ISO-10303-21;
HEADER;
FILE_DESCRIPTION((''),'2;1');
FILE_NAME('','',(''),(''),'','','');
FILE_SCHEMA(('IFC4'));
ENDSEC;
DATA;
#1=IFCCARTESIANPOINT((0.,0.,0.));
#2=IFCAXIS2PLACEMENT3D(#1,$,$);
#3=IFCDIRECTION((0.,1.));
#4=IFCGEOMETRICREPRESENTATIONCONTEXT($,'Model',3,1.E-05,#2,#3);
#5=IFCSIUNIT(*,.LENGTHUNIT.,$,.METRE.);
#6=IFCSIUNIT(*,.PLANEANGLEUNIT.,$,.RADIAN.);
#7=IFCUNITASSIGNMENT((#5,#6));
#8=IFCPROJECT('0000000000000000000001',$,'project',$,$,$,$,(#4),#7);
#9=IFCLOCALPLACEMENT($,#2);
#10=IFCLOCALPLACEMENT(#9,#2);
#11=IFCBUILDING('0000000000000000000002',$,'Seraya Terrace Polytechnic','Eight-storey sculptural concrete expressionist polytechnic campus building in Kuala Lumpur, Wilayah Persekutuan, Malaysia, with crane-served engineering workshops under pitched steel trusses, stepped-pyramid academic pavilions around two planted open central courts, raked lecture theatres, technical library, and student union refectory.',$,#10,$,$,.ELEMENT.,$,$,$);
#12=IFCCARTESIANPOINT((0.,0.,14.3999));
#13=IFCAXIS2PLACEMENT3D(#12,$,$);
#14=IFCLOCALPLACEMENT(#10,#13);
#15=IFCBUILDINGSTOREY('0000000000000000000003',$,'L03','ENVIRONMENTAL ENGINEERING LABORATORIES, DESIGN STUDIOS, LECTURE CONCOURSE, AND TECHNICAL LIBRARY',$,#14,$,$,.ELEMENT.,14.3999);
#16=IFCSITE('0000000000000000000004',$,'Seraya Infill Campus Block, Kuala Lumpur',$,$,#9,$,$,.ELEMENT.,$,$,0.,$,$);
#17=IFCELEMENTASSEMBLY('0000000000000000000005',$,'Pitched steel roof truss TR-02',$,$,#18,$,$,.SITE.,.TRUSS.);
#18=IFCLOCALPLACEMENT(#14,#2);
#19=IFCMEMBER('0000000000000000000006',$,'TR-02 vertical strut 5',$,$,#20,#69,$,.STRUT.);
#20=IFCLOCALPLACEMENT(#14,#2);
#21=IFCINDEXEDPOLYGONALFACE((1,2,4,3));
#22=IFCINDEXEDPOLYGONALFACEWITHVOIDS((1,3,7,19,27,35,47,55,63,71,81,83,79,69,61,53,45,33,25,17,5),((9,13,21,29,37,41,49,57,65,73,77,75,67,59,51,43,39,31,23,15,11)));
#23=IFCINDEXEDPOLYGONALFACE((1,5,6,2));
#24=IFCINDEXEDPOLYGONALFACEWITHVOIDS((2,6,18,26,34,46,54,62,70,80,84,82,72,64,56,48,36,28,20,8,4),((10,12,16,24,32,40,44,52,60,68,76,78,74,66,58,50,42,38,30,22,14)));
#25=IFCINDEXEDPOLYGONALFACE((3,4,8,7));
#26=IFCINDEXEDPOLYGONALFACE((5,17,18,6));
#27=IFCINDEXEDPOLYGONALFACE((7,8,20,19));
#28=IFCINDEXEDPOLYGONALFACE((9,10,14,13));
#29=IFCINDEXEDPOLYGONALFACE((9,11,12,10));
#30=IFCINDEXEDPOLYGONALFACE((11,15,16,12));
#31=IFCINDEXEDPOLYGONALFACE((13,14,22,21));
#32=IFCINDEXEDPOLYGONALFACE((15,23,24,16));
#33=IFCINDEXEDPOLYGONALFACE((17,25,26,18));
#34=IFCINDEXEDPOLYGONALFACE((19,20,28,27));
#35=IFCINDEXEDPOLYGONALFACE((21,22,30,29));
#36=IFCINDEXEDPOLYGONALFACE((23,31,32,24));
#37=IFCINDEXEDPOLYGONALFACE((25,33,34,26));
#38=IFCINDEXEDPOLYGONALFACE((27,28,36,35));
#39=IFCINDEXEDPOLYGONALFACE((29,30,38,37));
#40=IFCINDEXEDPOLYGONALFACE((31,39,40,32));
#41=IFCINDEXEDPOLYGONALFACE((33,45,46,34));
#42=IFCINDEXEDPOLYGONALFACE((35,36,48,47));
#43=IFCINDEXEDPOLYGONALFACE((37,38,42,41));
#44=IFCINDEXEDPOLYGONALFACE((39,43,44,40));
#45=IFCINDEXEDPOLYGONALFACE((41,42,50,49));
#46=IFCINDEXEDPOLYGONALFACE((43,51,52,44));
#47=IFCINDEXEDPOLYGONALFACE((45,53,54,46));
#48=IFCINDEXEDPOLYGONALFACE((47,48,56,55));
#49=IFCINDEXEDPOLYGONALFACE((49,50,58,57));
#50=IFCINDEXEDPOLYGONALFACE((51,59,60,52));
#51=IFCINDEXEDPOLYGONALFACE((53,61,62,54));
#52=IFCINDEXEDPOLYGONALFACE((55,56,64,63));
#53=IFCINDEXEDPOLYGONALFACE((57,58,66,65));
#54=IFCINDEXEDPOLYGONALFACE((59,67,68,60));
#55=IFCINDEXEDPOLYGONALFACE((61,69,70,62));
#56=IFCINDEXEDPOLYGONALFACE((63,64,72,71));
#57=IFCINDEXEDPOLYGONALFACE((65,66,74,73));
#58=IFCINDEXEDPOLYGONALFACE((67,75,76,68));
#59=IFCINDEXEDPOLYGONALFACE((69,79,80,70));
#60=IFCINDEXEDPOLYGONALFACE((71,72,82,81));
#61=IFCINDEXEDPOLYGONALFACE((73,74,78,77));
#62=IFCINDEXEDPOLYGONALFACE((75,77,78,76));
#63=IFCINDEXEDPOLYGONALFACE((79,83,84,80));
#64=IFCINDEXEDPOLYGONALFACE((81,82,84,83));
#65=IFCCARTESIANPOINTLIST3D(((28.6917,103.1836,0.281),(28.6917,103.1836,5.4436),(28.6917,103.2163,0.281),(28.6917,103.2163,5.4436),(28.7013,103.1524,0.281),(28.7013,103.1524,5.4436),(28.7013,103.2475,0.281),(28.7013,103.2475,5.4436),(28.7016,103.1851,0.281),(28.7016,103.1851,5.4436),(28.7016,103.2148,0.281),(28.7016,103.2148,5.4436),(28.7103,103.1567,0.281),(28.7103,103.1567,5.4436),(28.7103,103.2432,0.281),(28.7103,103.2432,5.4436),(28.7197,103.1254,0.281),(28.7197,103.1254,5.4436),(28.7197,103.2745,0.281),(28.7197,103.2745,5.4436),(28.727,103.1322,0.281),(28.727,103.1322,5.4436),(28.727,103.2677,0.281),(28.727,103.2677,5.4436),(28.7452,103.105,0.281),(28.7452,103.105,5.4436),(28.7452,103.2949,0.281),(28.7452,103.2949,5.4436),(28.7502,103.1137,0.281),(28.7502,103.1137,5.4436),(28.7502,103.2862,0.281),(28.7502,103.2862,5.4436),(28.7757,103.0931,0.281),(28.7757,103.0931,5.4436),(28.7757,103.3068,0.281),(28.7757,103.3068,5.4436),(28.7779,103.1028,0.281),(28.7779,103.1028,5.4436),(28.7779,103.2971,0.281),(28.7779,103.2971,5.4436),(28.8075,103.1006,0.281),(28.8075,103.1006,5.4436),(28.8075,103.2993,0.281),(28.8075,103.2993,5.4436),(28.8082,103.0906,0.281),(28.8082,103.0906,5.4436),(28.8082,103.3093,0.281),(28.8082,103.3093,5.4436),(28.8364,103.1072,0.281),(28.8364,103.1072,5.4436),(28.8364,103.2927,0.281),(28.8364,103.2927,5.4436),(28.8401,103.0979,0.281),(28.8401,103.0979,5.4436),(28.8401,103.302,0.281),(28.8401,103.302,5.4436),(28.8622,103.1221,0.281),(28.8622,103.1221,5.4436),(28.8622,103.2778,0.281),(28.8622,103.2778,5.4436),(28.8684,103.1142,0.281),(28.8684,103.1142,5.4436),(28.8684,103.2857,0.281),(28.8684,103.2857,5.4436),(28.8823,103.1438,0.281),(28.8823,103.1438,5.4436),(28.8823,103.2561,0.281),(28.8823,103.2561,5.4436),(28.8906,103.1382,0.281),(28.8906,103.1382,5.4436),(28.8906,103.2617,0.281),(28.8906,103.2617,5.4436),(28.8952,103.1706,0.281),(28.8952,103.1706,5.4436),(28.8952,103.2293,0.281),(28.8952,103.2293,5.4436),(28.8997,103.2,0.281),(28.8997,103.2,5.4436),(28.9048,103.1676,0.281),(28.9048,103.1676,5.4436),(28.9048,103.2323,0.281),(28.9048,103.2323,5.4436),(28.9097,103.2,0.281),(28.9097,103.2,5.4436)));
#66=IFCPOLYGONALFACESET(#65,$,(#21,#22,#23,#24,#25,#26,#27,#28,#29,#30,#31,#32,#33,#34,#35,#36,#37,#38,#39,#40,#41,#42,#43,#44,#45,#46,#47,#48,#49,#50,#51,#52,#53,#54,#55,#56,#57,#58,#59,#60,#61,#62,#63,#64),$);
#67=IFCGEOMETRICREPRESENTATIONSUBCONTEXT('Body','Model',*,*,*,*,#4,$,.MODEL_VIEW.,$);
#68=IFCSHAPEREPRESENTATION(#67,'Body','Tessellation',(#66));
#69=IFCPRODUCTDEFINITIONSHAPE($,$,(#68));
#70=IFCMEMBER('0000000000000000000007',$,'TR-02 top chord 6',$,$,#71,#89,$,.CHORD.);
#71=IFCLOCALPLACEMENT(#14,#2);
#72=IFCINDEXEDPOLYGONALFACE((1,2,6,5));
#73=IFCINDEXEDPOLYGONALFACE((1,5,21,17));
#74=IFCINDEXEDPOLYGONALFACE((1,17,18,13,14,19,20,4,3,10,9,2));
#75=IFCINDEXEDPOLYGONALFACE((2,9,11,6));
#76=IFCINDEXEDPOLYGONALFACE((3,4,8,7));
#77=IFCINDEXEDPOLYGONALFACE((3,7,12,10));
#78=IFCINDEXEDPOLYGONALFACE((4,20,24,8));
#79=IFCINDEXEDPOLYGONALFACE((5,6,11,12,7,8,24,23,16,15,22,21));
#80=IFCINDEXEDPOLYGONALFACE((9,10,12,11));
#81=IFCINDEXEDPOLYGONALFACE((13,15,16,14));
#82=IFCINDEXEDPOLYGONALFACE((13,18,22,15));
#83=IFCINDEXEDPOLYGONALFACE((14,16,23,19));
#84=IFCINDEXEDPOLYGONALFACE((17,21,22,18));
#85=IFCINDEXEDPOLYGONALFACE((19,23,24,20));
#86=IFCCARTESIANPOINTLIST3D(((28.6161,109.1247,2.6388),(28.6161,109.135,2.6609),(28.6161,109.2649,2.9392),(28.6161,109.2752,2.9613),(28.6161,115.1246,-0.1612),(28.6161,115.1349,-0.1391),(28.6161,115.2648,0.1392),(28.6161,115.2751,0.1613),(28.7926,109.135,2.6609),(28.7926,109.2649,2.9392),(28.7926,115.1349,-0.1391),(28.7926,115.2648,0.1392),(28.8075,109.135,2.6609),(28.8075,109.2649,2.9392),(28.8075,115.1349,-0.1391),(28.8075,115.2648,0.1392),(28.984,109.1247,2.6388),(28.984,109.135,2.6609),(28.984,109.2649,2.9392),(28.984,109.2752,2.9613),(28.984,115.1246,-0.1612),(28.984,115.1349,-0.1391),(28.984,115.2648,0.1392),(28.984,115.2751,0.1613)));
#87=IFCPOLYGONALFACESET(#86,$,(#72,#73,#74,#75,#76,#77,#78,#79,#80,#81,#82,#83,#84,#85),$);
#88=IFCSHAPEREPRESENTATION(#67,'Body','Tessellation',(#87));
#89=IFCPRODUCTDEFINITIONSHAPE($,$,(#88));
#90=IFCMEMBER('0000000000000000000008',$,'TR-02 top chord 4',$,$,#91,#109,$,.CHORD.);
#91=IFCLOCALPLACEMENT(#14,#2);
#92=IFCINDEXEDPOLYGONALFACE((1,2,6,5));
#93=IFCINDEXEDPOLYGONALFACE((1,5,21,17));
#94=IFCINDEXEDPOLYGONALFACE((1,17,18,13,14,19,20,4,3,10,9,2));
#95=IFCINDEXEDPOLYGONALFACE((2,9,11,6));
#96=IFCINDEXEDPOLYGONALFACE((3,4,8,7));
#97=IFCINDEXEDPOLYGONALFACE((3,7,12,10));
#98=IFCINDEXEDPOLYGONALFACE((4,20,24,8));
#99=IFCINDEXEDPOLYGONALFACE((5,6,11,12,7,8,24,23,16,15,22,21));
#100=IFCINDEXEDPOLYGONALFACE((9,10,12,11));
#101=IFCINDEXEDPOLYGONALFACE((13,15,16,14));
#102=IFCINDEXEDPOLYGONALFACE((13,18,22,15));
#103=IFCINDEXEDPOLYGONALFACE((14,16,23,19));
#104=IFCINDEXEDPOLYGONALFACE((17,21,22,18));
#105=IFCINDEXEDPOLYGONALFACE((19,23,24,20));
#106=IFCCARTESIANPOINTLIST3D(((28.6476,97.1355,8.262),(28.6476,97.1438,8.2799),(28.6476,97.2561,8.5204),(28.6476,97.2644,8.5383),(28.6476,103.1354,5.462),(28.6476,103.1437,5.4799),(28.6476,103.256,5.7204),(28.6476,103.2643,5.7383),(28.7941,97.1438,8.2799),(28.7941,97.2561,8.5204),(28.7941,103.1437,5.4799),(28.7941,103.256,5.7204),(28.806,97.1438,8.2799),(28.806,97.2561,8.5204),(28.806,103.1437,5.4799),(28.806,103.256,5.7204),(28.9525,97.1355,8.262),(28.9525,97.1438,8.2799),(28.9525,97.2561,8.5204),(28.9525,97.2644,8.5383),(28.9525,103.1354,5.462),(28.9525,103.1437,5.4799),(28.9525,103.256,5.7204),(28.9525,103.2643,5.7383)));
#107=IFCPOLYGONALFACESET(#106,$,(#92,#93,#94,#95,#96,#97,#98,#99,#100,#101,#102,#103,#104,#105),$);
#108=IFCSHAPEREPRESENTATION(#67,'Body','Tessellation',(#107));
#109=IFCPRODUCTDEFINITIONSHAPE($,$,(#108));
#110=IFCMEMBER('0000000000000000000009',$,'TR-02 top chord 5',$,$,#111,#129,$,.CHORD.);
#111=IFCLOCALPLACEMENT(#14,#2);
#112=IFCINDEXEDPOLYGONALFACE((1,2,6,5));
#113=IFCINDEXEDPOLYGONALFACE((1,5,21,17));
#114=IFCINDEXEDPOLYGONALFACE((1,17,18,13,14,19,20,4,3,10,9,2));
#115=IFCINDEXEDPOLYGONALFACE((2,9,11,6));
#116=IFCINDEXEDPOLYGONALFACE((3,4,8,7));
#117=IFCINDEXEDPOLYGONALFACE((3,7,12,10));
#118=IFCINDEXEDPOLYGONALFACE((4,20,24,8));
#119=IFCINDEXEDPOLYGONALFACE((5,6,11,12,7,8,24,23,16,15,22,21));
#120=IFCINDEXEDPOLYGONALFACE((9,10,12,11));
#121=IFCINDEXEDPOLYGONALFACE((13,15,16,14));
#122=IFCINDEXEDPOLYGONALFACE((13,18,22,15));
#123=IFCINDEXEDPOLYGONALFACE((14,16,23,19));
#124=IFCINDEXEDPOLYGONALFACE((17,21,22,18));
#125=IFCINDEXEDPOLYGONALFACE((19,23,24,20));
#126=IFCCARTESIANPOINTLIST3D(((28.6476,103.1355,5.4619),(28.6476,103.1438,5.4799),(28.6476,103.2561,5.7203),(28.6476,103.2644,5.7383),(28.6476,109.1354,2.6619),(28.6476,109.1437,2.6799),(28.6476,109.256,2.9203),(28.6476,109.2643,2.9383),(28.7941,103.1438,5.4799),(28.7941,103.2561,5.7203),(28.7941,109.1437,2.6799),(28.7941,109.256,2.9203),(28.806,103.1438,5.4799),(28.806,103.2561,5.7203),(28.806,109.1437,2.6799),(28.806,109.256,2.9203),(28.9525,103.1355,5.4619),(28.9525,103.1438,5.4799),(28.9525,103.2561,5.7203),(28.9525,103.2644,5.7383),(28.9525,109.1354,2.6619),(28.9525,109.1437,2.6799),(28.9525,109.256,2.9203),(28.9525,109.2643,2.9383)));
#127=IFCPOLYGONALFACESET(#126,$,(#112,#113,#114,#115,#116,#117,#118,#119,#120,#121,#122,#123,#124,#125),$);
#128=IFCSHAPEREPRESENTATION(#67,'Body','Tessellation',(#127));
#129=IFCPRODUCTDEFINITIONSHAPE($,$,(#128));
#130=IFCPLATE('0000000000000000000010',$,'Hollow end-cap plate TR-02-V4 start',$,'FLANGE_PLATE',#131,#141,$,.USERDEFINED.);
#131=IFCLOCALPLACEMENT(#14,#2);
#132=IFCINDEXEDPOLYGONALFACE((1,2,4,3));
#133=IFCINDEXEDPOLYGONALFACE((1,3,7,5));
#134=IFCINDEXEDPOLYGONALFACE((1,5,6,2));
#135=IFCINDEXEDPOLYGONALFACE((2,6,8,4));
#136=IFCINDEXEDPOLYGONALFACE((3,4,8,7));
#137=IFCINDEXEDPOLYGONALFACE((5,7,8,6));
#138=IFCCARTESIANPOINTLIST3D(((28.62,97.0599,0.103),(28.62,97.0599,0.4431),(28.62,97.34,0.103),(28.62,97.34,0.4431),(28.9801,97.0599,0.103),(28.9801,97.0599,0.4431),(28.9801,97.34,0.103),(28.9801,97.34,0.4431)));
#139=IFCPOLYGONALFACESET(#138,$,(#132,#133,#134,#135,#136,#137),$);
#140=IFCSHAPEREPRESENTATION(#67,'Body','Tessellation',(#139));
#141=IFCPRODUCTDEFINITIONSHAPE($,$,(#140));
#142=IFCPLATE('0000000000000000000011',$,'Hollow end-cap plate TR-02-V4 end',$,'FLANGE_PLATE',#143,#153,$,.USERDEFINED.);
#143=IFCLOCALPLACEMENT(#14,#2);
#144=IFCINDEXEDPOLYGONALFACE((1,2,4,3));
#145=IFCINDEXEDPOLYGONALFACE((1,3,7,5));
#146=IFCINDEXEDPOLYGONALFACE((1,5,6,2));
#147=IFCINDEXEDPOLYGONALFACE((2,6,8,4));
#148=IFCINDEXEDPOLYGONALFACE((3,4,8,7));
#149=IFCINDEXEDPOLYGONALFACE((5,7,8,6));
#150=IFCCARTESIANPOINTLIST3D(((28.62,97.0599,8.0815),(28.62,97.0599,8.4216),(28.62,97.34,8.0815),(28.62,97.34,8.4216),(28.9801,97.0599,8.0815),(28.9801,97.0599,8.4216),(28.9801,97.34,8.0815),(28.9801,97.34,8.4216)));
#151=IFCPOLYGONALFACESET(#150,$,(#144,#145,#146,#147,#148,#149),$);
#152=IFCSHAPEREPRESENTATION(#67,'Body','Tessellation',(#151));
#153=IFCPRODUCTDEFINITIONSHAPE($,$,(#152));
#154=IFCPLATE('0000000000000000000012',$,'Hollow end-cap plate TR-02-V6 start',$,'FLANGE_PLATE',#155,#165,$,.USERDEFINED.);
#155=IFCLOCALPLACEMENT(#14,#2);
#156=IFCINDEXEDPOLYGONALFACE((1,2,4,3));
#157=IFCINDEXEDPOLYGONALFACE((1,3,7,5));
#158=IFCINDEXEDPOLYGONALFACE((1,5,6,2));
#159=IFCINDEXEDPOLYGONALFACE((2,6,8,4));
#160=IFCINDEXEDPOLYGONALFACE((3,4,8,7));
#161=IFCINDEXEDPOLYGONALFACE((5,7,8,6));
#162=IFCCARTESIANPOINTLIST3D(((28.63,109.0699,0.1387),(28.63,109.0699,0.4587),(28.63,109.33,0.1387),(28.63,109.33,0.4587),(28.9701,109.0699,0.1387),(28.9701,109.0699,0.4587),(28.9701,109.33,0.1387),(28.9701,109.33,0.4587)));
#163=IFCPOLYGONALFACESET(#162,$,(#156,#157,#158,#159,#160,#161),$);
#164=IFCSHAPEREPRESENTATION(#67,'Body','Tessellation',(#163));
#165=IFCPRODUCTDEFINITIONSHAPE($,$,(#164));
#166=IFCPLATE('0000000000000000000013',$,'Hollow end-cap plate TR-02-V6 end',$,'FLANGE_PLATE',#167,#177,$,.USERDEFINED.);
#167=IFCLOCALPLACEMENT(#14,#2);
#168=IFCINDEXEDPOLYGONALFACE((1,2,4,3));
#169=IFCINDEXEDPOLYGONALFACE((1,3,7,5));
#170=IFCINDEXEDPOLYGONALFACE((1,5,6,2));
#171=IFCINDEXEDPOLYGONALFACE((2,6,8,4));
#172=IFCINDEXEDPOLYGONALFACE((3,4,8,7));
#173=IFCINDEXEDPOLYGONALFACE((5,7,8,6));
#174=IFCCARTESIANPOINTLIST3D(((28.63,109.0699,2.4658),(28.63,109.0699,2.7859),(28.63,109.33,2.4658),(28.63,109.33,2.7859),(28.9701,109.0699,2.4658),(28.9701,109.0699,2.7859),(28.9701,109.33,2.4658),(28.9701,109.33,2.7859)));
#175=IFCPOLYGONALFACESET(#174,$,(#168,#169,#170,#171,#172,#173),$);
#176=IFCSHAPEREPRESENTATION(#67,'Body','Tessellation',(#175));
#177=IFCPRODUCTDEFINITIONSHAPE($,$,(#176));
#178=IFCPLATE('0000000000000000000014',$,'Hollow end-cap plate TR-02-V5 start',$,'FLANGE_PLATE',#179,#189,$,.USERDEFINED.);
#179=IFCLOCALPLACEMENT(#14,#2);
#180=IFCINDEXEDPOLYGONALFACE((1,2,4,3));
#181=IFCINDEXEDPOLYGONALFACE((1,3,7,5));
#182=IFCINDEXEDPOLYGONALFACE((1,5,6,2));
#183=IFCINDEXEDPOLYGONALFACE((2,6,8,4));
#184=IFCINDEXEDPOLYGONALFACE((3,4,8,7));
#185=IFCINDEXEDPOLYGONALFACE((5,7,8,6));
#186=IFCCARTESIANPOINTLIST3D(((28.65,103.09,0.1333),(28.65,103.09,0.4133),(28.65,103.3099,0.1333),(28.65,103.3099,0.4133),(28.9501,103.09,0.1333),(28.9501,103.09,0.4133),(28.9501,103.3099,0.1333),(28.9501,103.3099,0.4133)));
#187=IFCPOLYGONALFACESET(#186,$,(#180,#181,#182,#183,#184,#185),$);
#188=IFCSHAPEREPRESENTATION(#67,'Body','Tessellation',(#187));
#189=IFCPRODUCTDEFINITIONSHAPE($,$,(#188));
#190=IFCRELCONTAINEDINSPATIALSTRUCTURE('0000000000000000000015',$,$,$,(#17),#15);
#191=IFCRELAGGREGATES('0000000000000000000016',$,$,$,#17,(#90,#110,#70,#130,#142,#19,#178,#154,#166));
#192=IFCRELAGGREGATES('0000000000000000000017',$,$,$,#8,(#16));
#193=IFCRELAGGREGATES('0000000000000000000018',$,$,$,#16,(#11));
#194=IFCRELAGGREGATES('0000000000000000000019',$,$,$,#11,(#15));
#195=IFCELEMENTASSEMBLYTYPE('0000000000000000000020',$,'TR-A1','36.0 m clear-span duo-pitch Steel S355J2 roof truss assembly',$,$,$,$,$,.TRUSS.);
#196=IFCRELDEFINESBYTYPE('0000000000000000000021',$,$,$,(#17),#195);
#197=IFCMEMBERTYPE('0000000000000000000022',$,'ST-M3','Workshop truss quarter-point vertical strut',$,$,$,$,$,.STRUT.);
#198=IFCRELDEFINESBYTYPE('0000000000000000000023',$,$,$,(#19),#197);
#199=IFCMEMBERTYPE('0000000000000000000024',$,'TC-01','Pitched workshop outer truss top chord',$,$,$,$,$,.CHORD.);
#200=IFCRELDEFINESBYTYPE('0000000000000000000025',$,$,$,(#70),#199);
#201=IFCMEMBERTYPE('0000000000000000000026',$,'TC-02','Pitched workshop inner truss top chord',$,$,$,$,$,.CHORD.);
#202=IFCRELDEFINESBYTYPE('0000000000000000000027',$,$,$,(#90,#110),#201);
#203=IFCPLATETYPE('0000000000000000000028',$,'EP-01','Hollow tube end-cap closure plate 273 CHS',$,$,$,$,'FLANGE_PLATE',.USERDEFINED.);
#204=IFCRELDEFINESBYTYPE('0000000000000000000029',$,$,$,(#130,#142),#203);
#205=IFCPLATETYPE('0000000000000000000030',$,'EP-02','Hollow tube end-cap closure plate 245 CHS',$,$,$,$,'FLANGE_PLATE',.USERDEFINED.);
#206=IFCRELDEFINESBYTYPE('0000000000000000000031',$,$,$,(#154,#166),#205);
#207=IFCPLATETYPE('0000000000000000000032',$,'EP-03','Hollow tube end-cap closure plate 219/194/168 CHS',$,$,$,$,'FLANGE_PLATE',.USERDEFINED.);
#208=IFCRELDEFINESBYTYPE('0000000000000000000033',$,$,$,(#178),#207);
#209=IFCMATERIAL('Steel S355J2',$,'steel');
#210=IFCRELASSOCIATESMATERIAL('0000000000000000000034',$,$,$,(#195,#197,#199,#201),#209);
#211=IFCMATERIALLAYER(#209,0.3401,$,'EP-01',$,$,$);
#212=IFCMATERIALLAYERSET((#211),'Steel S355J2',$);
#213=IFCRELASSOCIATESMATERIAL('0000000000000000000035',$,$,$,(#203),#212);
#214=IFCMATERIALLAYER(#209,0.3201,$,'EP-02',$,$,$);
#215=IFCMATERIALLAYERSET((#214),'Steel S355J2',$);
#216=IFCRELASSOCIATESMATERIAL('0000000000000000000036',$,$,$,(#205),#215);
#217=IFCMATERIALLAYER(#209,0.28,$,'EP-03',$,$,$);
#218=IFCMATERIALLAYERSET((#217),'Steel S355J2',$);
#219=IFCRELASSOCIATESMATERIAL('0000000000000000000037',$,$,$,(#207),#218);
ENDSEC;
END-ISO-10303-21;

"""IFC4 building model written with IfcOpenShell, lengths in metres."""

from ifc_helpers import new_model, si_unit, direction, frame, origin, origin_2d, place, context, subcontext, project, spatial, rectangle, hollow_circle, i_section, extrude, material, layer, layer_set, material_profile, profile_set, type_object, element, aggregate, save


model = new_model("IFC4")

# Units and contexts
model_context = context("Model", 3, precision=1e-05, world=origin(), true_north=direction((0.0, 1.0)))
body_context = subcontext(model_context, "Body", "Model", "MODEL_VIEW")
ifc_project = project(units=[si_unit("LENGTHUNIT", "METRE"), si_unit("PLANEANGLEUNIT", "RADIAN")], contexts=[model_context])

# Site, building, storey
site_placement = place(None, origin())
site = spatial("IfcSite", under=ifc_project, at=site_placement, Name="Seraya Infill Campus Block, Kuala Lumpur", CompositionType="ELEMENT", RefElevation=0.0)
building_placement = place(site_placement, origin())
building = spatial("IfcBuilding", under=site, at=building_placement, Name="Seraya Terrace Polytechnic", Description="Eight-storey sculptural concrete expressionist polytechnic campus building in Kuala Lumpur, Wilayah Persekutuan, Malaysia, with crane-served engineering workshops under pitched steel trusses, stepped-pyramid academic pavilions around two planted open central courts, raked lecture theatres, technical library, and student union refectory.", CompositionType="ELEMENT")
storey_placement = place(building_placement, frame((0.0, 0.0, 14.3999)))
storey = spatial("IfcBuildingStorey", under=building, at=storey_placement, Name="L03", Description="ENVIRONMENTAL ENGINEERING LABORATORIES, DESIGN STUDIOS, LECTURE CONCOURSE, AND TECHNICAL LIBRARY", CompositionType="ELEMENT", Elevation=14.3999)

# Element assembly
ifc_material_1 = material(Name="Steel S355J2", Category="steel")
element_assembly_type = type_object("IfcElementAssemblyType", Name="TR-A1", Description="36.0 m clear-span duo-pitch Steel S355J2 roof truss assembly", PredefinedType="TRUSS", material=ifc_material_1)
assembly_placement = place(storey_placement, origin())
assembly = element("IfcElementAssembly", 1, at=assembly_placement, inside=storey, type_object=element_assembly_type, Name="Pitched steel roof truss TR-02", AssemblyPlace="SITE", PredefinedType="TRUSS")

# Members
ifc_material_profile_1 = material_profile(ifc_material_1, hollow_circle(Radius=0.1096, WallThickness=0.01, at=origin_2d()), Name="CHS 219.1x10.0")
ifc_profile_set_1 = profile_set([ifc_material_profile_1], Name="Steel S355J2")
member_type_1 = type_object("IfcMemberType", Name="ST-M3", Description="Workshop truss quarter-point vertical strut", PredefinedType="STRUT", material=ifc_profile_set_1)
member_1_placement = place(storey_placement, frame((28.8, 103.2, 0.281), z_axis=(0.0, 0.0, 1.0), x_axis=(1.0, 0.0, 0.0)))
member_1 = element("IfcMember", 2, at=member_1_placement, type_object=member_type_1, Name="TR-02 vertical strut 5", PredefinedType="STRUT", context=body_context, shape_type="SweptSolid", body=[
    extrude(hollow_circle(Radius=0.1096, WallThickness=0.01, at=origin_2d()), origin(), (0.0, 0.0, 1.0), 5.1626),
])
ifc_material_profile_2 = material_profile(ifc_material_1, i_section(OverallWidth=0.3679, OverallDepth=0.356, WebThickness=0.0149, FlangeThickness=0.0244, at=origin_2d()), Name="UKC 356x368x15.0x24.4")
ifc_profile_set_2 = profile_set([ifc_material_profile_2], Name="Steel S355J2")
member_type_2 = type_object("IfcMemberType", Name="TC-01", Description="Pitched workshop outer truss top chord", PredefinedType="CHORD", material=ifc_profile_set_2)
member_2_placement = place(storey_placement, frame((28.8, 109.2, 2.8), z_axis=(0.0, 0.90618, -0.422892), x_axis=(-1.0, 0.0, 0.0)))
member_2 = element("IfcMember", 3, at=member_2_placement, type_object=member_type_2, Name="TR-02 top chord 6", PredefinedType="CHORD", context=body_context, shape_type="SweptSolid", body=[
    extrude(i_section(OverallWidth=0.3679, OverallDepth=0.356, WebThickness=0.0149, FlangeThickness=0.0244, at=origin_2d()), origin(), (0.0, 0.0, 1.0), 6.6211),
])
ifc_material_profile_3 = material_profile(ifc_material_1, i_section(OverallWidth=0.3049, OverallDepth=0.3049, WebThickness=0.012, FlangeThickness=0.0198, at=origin_2d()), Name="UKC 305x305x12.0x19.7")
ifc_profile_set_3 = profile_set([ifc_material_profile_3], Name="Steel S355J2")
member_type_3 = type_object("IfcMemberType", Name="TC-02", Description="Pitched workshop inner truss top chord", PredefinedType="CHORD", material=ifc_profile_set_3)
member_3_placement = place(storey_placement, frame((28.8, 97.2, 8.4001), z_axis=(0.0, 0.90618, -0.422892), x_axis=(-1.0, 0.0, 0.0)))
member_3 = element("IfcMember", 4, at=member_3_placement, type_object=member_type_3, Name="TR-02 top chord 4", PredefinedType="CHORD", context=body_context, shape_type="SweptSolid", body=[
    extrude(i_section(OverallWidth=0.3049, OverallDepth=0.3049, WebThickness=0.012, FlangeThickness=0.0198, at=origin_2d()), origin(), (0.0, 0.0, 1.0), 6.6211),
])
member_4_placement = place(storey_placement, frame((28.8, 103.2, 5.6001), z_axis=(0.0, 0.90618, -0.422892), x_axis=(-1.0, 0.0, 0.0)))
member_4 = element("IfcMember", 5, at=member_4_placement, type_object=member_type_3, Name="TR-02 top chord 5", PredefinedType="CHORD", context=body_context, shape_type="SweptSolid", body=[
    extrude(i_section(OverallWidth=0.3049, OverallDepth=0.3049, WebThickness=0.012, FlangeThickness=0.0198, at=origin_2d()), origin(), (0.0, 0.0, 1.0), 6.6211),
])

# Plates
ifc_layer_1 = layer(ifc_material_1, 0.3401, Name="EP-01")
ifc_layer_set_1 = layer_set([ifc_layer_1], Name="Steel S355J2")
plate_type_1 = type_object("IfcPlateType", Name="EP-01", Description="Hollow tube end-cap closure plate 273 CHS", ElementType="FLANGE_PLATE", PredefinedType="USERDEFINED", material=ifc_layer_set_1)
plate_1_placement = place(storey_placement, frame((28.8, 97.2, 0.103), z_axis=(0.0, 0.0, 1.0), x_axis=(1.0, 0.0, 0.0)))
plate_1 = element("IfcPlate", 6, at=plate_1_placement, type_object=plate_type_1, Name="Hollow end-cap plate TR-02-V4 start", ObjectType="FLANGE_PLATE", PredefinedType="USERDEFINED", context=body_context, shape_type="SweptSolid", body=[
    extrude(rectangle(XDim=0.3601, YDim=0.28, at=origin_2d()), origin(), (0.0, 0.0, 1.0), 0.3401),
])
plate_2_placement = place(storey_placement, frame((28.8, 97.2, 8.0815), z_axis=(0.0, 0.0, 1.0), x_axis=(1.0, 0.0, 0.0)))
plate_2 = element("IfcPlate", 7, at=plate_2_placement, type_object=plate_type_1, Name="Hollow end-cap plate TR-02-V4 end", ObjectType="FLANGE_PLATE", PredefinedType="USERDEFINED", context=body_context, shape_type="SweptSolid", body=[
    extrude(rectangle(XDim=0.3601, YDim=0.28, at=origin_2d()), origin(), (0.0, 0.0, 1.0), 0.3401),
])
ifc_layer_2 = layer(ifc_material_1, 0.3201, Name="EP-02")
ifc_layer_set_2 = layer_set([ifc_layer_2], Name="Steel S355J2")
plate_type_2 = type_object("IfcPlateType", Name="EP-02", Description="Hollow tube end-cap closure plate 245 CHS", ElementType="FLANGE_PLATE", PredefinedType="USERDEFINED", material=ifc_layer_set_2)
plate_3_placement = place(storey_placement, frame((28.8, 109.2, 0.1387), z_axis=(0.0, 0.0, 1.0), x_axis=(1.0, 0.0, 0.0)))
plate_3 = element("IfcPlate", 8, at=plate_3_placement, type_object=plate_type_2, Name="Hollow end-cap plate TR-02-V6 start", ObjectType="FLANGE_PLATE", PredefinedType="USERDEFINED", context=body_context, shape_type="SweptSolid", body=[
    extrude(rectangle(XDim=0.3401, YDim=0.26, at=origin_2d()), origin(), (0.0, 0.0, 1.0), 0.3201),
])
plate_4_placement = place(storey_placement, frame((28.8, 109.2, 2.4658), z_axis=(0.0, 0.0, 1.0), x_axis=(1.0, 0.0, 0.0)))
plate_4 = element("IfcPlate", 9, at=plate_4_placement, type_object=plate_type_2, Name="Hollow end-cap plate TR-02-V6 end", ObjectType="FLANGE_PLATE", PredefinedType="USERDEFINED", context=body_context, shape_type="SweptSolid", body=[
    extrude(rectangle(XDim=0.3401, YDim=0.26, at=origin_2d()), origin(), (0.0, 0.0, 1.0), 0.3201),
])
ifc_layer_3 = layer(ifc_material_1, 0.28, Name="EP-03")
ifc_layer_set_3 = layer_set([ifc_layer_3], Name="Steel S355J2")
plate_type_3 = type_object("IfcPlateType", Name="EP-03", Description="Hollow tube end-cap closure plate 219/194/168 CHS", ElementType="FLANGE_PLATE", PredefinedType="USERDEFINED", material=ifc_layer_set_3)
plate_5_placement = place(storey_placement, frame((28.8, 103.2, 0.1333), z_axis=(0.0, 0.0, 1.0), x_axis=(1.0, 0.0, 0.0)))
plate_5 = element("IfcPlate", 10, at=plate_5_placement, type_object=plate_type_3, Name="Hollow end-cap plate TR-02-V5 start", ObjectType="FLANGE_PLATE", PredefinedType="USERDEFINED", context=body_context, shape_type="SweptSolid", body=[
    extrude(rectangle(XDim=0.3, YDim=0.22, at=origin_2d()), origin(), (0.0, 0.0, 1.0), 0.28),
])
aggregate(assembly, [member_3, member_4, member_2, plate_1, plate_2, member_1, plate_5, plate_3, plate_4])

save(model, "model.ifc")
